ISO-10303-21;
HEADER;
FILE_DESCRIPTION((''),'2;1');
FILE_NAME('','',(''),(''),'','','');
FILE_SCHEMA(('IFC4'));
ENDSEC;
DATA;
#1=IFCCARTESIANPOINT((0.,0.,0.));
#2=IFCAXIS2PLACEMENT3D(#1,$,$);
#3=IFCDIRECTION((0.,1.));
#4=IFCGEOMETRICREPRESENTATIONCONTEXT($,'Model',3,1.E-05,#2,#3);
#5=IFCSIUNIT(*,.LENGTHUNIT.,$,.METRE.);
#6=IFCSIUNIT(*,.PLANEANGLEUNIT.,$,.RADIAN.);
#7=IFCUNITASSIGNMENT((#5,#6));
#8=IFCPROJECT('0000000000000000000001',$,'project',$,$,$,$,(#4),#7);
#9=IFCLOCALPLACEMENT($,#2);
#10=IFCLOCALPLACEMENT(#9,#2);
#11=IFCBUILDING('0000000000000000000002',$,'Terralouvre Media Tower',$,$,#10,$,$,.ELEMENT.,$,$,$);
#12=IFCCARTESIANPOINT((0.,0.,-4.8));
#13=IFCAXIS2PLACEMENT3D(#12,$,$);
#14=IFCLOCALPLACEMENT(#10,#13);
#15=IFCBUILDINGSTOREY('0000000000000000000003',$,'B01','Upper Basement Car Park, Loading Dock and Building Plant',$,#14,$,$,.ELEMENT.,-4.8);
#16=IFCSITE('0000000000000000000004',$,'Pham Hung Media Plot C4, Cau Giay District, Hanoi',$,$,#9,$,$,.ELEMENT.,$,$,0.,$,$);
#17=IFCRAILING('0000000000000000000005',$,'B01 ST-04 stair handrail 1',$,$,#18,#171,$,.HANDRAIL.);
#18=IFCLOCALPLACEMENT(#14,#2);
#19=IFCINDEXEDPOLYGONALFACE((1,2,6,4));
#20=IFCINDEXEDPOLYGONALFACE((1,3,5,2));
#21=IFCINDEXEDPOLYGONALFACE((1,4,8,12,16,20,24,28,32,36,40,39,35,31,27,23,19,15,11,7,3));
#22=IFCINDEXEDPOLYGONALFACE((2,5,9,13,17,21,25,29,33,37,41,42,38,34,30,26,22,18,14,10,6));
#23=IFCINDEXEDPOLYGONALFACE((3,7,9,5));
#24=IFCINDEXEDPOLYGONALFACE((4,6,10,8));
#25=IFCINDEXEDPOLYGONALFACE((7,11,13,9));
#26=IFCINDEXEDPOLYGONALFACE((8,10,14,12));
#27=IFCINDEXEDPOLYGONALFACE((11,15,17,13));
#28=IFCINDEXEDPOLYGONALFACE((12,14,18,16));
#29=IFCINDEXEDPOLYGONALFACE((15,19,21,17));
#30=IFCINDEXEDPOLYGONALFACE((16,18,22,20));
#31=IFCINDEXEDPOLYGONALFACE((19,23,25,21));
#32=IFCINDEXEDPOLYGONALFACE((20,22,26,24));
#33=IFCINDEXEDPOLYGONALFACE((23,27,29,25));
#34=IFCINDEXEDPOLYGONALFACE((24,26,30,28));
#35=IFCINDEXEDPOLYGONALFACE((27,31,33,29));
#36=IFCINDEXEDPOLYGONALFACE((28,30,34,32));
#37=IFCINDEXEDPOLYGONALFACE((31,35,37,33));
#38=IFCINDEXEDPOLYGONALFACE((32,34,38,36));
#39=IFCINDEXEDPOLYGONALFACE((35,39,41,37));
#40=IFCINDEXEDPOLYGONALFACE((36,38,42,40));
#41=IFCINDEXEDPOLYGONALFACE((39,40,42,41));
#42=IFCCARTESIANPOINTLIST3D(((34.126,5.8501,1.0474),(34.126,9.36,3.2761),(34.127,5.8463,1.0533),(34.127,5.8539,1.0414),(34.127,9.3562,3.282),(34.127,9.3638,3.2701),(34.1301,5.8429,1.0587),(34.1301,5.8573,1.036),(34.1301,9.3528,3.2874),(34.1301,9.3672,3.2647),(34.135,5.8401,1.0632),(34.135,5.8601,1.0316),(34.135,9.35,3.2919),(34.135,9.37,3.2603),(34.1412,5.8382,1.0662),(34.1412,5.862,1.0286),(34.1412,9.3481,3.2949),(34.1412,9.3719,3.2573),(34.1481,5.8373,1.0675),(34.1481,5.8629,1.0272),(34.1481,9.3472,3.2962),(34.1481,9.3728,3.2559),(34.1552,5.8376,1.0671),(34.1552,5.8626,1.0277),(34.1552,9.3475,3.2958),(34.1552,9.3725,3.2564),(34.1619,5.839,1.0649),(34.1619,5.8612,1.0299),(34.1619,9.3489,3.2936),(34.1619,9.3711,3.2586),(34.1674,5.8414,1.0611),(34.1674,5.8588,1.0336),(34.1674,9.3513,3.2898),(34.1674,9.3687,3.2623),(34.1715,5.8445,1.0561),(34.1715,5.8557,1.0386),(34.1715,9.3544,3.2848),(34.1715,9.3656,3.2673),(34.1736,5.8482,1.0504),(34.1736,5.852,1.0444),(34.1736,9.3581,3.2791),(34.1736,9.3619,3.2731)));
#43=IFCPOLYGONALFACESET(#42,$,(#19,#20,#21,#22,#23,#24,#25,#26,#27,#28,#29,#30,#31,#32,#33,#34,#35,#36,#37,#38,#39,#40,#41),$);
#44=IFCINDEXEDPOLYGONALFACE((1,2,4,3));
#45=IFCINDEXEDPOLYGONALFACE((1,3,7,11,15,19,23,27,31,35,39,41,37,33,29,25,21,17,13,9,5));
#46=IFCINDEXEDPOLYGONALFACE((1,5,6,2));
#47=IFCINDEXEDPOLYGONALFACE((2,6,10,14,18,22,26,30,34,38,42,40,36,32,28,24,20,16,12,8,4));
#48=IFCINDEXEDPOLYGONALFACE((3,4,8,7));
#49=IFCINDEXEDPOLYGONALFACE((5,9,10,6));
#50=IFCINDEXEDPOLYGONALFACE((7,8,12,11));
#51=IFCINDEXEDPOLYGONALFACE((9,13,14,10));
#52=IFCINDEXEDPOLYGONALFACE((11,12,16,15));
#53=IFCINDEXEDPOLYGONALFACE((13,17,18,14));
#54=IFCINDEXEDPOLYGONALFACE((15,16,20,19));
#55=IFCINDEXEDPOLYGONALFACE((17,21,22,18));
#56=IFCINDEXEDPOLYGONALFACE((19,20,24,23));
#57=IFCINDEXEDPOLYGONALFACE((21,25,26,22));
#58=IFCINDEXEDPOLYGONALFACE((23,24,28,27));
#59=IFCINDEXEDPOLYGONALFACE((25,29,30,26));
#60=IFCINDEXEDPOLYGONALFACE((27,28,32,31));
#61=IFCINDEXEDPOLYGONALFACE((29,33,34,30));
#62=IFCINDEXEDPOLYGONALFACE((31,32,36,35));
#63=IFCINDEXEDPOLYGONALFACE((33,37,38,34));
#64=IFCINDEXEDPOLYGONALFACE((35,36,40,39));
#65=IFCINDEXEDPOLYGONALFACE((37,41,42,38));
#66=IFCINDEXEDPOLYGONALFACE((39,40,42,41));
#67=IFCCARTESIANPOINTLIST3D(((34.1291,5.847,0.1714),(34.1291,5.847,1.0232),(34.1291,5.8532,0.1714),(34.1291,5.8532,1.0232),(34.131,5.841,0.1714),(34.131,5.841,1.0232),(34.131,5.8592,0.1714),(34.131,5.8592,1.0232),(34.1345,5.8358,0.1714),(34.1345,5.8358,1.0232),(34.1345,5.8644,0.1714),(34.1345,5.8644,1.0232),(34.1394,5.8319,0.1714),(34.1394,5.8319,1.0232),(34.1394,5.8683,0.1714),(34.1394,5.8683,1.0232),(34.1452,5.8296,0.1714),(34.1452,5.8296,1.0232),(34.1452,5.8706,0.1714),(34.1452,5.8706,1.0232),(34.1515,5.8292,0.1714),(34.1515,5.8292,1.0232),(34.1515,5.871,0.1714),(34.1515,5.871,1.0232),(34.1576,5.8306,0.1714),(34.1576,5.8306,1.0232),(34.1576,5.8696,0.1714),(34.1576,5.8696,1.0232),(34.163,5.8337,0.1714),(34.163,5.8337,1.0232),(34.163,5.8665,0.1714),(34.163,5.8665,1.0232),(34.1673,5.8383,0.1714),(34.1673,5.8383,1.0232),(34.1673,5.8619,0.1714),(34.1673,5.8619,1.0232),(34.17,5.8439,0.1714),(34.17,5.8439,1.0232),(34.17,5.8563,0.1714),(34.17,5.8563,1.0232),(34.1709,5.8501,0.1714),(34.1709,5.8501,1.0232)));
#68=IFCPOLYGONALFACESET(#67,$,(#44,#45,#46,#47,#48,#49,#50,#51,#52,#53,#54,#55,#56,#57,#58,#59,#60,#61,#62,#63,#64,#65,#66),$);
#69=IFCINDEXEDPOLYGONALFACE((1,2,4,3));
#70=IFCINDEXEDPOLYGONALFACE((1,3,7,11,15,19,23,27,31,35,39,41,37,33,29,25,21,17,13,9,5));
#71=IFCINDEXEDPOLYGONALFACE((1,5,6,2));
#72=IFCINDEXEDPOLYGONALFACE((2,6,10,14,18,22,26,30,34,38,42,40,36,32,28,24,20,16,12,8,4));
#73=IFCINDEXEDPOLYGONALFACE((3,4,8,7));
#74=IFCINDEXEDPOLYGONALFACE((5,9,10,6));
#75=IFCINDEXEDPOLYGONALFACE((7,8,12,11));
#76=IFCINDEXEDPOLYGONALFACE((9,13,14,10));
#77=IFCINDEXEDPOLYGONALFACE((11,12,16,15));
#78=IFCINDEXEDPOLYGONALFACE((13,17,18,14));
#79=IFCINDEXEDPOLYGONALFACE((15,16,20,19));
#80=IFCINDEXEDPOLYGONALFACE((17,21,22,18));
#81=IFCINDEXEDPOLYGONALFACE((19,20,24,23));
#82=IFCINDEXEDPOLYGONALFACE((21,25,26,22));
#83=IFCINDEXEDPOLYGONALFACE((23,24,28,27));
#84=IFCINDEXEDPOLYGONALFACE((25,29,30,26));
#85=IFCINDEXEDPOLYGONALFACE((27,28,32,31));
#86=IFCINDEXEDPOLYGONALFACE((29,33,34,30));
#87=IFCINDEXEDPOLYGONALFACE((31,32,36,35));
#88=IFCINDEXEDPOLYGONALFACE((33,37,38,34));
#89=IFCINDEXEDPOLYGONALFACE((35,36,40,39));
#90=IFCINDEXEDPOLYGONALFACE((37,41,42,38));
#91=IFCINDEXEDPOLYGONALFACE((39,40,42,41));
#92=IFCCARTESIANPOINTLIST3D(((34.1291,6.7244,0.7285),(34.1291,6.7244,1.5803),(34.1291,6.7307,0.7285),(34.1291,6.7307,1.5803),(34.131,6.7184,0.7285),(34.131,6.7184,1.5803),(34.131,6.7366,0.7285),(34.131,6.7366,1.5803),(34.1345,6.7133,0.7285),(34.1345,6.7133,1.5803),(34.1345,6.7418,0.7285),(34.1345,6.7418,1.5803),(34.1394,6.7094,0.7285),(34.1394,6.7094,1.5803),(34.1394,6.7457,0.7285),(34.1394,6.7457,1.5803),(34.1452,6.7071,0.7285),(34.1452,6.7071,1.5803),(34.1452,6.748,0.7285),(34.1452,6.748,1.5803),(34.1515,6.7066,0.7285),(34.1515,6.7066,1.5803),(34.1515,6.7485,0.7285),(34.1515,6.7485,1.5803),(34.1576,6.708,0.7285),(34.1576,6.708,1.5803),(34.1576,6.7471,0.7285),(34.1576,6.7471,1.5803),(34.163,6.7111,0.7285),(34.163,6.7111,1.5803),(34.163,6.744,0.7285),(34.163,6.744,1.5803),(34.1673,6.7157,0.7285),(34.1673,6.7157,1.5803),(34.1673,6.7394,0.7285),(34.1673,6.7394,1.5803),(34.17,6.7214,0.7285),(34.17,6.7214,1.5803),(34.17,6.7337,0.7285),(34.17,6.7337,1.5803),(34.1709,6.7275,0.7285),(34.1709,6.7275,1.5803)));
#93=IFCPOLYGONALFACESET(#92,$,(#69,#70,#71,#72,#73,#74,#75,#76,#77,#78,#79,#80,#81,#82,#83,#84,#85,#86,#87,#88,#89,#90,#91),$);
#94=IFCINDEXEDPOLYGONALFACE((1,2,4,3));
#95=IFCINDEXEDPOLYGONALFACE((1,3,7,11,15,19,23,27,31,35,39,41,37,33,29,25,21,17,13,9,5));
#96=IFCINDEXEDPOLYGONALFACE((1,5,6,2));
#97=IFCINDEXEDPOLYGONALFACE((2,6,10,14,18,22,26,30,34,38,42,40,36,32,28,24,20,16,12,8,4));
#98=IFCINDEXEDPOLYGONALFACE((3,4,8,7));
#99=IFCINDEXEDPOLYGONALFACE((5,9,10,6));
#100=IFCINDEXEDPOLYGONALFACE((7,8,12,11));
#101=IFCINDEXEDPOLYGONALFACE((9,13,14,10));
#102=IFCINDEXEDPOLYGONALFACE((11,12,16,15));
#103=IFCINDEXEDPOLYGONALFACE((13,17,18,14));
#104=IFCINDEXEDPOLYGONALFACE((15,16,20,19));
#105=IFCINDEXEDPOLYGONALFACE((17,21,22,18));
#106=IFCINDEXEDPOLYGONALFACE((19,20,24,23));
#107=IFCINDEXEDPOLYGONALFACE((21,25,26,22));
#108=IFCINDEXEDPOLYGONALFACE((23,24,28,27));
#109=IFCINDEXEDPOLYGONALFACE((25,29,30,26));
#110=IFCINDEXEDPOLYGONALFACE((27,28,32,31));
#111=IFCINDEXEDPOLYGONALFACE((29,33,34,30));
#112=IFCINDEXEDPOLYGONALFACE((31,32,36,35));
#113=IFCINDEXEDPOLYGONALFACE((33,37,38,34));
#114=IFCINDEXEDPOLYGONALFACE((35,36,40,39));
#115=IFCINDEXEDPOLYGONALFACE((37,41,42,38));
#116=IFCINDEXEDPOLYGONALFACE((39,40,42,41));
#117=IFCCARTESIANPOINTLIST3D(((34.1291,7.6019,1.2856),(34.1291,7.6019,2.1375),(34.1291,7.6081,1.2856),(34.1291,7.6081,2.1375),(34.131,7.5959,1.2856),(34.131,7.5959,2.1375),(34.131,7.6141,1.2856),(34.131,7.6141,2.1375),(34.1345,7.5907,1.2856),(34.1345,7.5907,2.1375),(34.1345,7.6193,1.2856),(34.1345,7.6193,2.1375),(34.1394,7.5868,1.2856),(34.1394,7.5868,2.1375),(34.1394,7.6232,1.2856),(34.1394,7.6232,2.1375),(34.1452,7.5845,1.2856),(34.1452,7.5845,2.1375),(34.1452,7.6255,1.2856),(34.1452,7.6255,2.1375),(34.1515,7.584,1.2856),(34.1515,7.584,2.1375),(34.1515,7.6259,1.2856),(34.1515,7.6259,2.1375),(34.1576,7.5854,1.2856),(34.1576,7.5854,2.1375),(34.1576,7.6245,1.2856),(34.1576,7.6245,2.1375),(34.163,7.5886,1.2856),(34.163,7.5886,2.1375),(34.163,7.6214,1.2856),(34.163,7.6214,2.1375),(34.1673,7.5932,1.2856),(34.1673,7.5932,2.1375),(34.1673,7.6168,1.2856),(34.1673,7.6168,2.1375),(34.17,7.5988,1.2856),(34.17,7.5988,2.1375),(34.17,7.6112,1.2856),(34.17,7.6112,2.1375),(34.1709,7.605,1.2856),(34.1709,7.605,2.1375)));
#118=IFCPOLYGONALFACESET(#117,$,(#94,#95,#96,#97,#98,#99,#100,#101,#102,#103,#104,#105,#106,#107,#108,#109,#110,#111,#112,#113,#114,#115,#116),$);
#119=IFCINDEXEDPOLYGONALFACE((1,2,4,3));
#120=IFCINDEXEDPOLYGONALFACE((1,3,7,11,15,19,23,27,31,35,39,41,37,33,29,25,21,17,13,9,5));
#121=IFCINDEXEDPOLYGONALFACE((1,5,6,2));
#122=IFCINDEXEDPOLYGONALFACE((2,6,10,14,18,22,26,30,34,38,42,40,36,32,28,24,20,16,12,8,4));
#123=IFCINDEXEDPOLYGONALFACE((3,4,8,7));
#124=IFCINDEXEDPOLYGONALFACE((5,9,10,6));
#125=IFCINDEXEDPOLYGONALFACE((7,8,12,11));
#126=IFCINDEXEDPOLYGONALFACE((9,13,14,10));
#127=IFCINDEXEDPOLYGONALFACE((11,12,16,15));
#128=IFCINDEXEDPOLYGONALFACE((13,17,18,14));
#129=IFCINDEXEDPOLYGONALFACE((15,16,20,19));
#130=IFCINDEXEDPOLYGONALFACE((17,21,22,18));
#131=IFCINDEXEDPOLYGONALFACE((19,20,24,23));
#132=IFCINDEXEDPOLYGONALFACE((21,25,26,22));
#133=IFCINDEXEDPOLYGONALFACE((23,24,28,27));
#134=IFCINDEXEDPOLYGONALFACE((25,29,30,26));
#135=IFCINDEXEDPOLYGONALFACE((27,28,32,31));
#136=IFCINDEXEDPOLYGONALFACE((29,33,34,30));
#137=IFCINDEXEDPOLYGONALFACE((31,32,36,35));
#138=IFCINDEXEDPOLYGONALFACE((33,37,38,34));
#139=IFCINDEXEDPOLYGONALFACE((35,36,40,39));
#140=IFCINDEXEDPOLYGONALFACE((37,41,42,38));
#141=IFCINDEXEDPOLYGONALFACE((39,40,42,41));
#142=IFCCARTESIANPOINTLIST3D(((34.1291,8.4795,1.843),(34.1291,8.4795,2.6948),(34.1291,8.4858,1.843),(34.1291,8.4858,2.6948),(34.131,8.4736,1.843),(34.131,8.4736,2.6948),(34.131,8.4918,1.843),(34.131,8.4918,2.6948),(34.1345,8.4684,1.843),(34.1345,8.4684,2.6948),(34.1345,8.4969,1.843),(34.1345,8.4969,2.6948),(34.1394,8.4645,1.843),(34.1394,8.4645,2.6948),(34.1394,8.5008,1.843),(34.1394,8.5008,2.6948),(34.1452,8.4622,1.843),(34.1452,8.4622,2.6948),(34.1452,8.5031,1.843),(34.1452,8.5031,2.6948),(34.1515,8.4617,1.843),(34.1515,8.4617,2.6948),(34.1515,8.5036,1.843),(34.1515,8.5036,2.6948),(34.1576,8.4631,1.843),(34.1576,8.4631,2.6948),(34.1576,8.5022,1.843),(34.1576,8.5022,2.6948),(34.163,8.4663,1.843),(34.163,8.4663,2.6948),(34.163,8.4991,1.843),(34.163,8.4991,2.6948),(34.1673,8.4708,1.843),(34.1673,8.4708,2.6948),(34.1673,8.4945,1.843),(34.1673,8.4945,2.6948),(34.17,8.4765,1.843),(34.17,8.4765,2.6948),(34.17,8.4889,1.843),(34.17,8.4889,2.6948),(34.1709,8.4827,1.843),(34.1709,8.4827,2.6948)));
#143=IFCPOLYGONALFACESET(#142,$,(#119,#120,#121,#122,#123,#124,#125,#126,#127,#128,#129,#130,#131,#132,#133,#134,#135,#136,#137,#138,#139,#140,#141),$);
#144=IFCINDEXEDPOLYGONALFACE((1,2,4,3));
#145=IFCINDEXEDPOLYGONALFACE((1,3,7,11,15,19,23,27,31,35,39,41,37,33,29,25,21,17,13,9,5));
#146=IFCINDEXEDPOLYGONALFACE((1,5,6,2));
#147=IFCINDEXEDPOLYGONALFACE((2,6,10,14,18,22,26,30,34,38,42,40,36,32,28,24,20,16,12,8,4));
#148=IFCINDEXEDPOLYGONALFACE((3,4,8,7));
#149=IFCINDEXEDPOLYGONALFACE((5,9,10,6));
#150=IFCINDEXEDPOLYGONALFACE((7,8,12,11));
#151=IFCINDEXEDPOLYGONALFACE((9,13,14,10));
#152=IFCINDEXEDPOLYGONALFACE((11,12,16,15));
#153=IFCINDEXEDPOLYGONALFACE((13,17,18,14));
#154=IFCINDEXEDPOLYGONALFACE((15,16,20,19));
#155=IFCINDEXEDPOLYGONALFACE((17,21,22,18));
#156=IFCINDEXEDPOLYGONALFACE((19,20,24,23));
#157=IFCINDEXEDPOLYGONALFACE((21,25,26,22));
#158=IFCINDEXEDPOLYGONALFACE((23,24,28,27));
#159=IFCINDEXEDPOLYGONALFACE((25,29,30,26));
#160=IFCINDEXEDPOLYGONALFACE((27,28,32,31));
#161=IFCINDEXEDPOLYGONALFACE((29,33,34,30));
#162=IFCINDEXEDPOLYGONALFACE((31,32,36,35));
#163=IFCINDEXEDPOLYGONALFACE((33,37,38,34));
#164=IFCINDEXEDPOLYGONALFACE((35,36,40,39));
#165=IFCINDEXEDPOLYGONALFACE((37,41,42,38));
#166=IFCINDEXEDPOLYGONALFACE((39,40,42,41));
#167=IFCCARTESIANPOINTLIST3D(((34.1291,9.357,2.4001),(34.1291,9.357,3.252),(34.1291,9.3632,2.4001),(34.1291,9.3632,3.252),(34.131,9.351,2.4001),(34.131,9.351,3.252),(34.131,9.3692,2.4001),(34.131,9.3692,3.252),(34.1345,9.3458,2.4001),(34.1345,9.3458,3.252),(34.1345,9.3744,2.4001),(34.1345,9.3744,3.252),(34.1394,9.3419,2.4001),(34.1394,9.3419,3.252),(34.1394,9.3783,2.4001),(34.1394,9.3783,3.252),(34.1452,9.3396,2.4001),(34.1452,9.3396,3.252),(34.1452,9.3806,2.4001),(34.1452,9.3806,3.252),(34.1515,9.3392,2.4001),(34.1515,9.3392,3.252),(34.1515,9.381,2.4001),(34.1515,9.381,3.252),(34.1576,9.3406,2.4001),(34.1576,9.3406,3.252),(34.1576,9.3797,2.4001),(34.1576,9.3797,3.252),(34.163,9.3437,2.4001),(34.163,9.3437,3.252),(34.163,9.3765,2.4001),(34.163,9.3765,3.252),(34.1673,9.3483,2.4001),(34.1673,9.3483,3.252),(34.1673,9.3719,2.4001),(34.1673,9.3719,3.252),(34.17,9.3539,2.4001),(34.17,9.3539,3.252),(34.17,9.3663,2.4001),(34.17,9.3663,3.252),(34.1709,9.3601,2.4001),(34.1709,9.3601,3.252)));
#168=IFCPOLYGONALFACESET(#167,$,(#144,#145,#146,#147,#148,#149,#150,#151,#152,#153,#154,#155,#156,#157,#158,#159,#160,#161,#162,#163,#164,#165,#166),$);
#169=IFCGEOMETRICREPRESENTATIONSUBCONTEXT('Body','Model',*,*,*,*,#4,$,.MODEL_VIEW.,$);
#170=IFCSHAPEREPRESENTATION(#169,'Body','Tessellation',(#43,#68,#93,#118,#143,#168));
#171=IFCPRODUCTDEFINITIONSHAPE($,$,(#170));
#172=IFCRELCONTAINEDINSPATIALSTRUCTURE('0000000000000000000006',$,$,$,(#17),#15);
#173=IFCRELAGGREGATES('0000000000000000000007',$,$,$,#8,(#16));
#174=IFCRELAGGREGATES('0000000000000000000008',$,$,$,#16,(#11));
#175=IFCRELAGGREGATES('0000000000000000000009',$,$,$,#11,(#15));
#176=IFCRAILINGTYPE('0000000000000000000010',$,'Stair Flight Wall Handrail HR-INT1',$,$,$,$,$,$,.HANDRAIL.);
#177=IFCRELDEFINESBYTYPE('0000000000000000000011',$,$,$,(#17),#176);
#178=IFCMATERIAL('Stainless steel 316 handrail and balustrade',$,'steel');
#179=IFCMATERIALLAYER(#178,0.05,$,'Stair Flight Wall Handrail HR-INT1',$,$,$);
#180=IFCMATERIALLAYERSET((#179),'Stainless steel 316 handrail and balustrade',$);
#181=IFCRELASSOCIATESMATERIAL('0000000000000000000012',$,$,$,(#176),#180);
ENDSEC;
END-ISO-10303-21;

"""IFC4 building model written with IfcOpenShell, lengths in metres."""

from ifc_helpers import new_model, si_unit, direction, frame, origin, origin_2d, place, context, subcontext, project, spatial, circle, extrude, material, layer, layer_set, type_object, element, save


model = new_model("IFC4")

# Units and contexts
model_context = context("Model", 3, precision=1e-05, world=origin(), true_north=direction((0.0, 1.0)))
body_context = subcontext(model_context, "Body", "Model", "MODEL_VIEW")
ifc_project = project(units=[si_unit("LENGTHUNIT", "METRE"), si_unit("PLANEANGLEUNIT", "RADIAN")], contexts=[model_context])

# Site, building, storey
site_placement = place(None, origin())
site = spatial("IfcSite", under=ifc_project, at=site_placement, Name="Pham Hung Media Plot C4, Cau Giay District, Hanoi", CompositionType="ELEMENT", RefElevation=0.0)
building_placement = place(site_placement, origin())
building = spatial("IfcBuilding", under=site, at=building_placement, Name="Terralouvre Media Tower", CompositionType="ELEMENT")
storey_placement = place(building_placement, frame((0.0, 0.0, -4.8)))
storey = spatial("IfcBuildingStorey", under=building, at=storey_placement, Name="B01", Description="Upper Basement Car Park, Loading Dock and Building Plant", CompositionType="ELEMENT", Elevation=-4.8)

# Railing
ifc_material_1 = material(Name="Stainless steel 316 handrail and balustrade", Category="steel")
ifc_layer_1 = layer(ifc_material_1, 0.05, Name="Stair Flight Wall Handrail HR-INT1")
ifc_layer_set_1 = layer_set([ifc_layer_1], Name="Stainless steel 316 handrail and balustrade")
railing_type_1 = type_object("IfcRailingType", Name="Stair Flight Wall Handrail HR-INT1", PredefinedType="HANDRAIL", material=ifc_layer_set_1)
railing_1_placement = place(storey_placement, frame((34.1499, 5.8501, 0.1714)))
element("IfcRailing", 1, at=railing_1_placement, inside=storey, type_object=railing_type_1, Name="B01 ST-04 stair handrail 1", PredefinedType="HANDRAIL", context=body_context, shape_type="SweptSolid", body=[
    extrude(circle(Radius=0.0239, at=origin_2d()), frame((0.0, 0.0, 0.876), z_axis=(0.0, 0.844193, 0.536039), x_axis=(-1.0, 0.0, 0.0)), (0.0, 0.0, 1.0), 4.1577),
    extrude(circle(Radius=0.021, at=origin_2d()), origin(), (0.0, 0.0, 1.0), 0.8518),
    extrude(circle(Radius=0.021, at=origin_2d()), frame((0.0, 0.8774, 0.5571)), (0.0, 0.0, 1.0), 0.8518),
    extrude(circle(Radius=0.021, at=origin_2d()), frame((0.0, 1.7549, 1.1143)), (0.0, 0.0, 1.0), 0.8518),
    extrude(circle(Radius=0.021, at=origin_2d()), frame((0.0, 2.6326, 1.6716)), (0.0, 0.0, 1.0), 0.8518),
    extrude(circle(Radius=0.021, at=origin_2d()), frame((0.0, 3.51, 2.2288)), (0.0, 0.0, 1.0), 0.8518),
])

save(model, "model.ifc")
